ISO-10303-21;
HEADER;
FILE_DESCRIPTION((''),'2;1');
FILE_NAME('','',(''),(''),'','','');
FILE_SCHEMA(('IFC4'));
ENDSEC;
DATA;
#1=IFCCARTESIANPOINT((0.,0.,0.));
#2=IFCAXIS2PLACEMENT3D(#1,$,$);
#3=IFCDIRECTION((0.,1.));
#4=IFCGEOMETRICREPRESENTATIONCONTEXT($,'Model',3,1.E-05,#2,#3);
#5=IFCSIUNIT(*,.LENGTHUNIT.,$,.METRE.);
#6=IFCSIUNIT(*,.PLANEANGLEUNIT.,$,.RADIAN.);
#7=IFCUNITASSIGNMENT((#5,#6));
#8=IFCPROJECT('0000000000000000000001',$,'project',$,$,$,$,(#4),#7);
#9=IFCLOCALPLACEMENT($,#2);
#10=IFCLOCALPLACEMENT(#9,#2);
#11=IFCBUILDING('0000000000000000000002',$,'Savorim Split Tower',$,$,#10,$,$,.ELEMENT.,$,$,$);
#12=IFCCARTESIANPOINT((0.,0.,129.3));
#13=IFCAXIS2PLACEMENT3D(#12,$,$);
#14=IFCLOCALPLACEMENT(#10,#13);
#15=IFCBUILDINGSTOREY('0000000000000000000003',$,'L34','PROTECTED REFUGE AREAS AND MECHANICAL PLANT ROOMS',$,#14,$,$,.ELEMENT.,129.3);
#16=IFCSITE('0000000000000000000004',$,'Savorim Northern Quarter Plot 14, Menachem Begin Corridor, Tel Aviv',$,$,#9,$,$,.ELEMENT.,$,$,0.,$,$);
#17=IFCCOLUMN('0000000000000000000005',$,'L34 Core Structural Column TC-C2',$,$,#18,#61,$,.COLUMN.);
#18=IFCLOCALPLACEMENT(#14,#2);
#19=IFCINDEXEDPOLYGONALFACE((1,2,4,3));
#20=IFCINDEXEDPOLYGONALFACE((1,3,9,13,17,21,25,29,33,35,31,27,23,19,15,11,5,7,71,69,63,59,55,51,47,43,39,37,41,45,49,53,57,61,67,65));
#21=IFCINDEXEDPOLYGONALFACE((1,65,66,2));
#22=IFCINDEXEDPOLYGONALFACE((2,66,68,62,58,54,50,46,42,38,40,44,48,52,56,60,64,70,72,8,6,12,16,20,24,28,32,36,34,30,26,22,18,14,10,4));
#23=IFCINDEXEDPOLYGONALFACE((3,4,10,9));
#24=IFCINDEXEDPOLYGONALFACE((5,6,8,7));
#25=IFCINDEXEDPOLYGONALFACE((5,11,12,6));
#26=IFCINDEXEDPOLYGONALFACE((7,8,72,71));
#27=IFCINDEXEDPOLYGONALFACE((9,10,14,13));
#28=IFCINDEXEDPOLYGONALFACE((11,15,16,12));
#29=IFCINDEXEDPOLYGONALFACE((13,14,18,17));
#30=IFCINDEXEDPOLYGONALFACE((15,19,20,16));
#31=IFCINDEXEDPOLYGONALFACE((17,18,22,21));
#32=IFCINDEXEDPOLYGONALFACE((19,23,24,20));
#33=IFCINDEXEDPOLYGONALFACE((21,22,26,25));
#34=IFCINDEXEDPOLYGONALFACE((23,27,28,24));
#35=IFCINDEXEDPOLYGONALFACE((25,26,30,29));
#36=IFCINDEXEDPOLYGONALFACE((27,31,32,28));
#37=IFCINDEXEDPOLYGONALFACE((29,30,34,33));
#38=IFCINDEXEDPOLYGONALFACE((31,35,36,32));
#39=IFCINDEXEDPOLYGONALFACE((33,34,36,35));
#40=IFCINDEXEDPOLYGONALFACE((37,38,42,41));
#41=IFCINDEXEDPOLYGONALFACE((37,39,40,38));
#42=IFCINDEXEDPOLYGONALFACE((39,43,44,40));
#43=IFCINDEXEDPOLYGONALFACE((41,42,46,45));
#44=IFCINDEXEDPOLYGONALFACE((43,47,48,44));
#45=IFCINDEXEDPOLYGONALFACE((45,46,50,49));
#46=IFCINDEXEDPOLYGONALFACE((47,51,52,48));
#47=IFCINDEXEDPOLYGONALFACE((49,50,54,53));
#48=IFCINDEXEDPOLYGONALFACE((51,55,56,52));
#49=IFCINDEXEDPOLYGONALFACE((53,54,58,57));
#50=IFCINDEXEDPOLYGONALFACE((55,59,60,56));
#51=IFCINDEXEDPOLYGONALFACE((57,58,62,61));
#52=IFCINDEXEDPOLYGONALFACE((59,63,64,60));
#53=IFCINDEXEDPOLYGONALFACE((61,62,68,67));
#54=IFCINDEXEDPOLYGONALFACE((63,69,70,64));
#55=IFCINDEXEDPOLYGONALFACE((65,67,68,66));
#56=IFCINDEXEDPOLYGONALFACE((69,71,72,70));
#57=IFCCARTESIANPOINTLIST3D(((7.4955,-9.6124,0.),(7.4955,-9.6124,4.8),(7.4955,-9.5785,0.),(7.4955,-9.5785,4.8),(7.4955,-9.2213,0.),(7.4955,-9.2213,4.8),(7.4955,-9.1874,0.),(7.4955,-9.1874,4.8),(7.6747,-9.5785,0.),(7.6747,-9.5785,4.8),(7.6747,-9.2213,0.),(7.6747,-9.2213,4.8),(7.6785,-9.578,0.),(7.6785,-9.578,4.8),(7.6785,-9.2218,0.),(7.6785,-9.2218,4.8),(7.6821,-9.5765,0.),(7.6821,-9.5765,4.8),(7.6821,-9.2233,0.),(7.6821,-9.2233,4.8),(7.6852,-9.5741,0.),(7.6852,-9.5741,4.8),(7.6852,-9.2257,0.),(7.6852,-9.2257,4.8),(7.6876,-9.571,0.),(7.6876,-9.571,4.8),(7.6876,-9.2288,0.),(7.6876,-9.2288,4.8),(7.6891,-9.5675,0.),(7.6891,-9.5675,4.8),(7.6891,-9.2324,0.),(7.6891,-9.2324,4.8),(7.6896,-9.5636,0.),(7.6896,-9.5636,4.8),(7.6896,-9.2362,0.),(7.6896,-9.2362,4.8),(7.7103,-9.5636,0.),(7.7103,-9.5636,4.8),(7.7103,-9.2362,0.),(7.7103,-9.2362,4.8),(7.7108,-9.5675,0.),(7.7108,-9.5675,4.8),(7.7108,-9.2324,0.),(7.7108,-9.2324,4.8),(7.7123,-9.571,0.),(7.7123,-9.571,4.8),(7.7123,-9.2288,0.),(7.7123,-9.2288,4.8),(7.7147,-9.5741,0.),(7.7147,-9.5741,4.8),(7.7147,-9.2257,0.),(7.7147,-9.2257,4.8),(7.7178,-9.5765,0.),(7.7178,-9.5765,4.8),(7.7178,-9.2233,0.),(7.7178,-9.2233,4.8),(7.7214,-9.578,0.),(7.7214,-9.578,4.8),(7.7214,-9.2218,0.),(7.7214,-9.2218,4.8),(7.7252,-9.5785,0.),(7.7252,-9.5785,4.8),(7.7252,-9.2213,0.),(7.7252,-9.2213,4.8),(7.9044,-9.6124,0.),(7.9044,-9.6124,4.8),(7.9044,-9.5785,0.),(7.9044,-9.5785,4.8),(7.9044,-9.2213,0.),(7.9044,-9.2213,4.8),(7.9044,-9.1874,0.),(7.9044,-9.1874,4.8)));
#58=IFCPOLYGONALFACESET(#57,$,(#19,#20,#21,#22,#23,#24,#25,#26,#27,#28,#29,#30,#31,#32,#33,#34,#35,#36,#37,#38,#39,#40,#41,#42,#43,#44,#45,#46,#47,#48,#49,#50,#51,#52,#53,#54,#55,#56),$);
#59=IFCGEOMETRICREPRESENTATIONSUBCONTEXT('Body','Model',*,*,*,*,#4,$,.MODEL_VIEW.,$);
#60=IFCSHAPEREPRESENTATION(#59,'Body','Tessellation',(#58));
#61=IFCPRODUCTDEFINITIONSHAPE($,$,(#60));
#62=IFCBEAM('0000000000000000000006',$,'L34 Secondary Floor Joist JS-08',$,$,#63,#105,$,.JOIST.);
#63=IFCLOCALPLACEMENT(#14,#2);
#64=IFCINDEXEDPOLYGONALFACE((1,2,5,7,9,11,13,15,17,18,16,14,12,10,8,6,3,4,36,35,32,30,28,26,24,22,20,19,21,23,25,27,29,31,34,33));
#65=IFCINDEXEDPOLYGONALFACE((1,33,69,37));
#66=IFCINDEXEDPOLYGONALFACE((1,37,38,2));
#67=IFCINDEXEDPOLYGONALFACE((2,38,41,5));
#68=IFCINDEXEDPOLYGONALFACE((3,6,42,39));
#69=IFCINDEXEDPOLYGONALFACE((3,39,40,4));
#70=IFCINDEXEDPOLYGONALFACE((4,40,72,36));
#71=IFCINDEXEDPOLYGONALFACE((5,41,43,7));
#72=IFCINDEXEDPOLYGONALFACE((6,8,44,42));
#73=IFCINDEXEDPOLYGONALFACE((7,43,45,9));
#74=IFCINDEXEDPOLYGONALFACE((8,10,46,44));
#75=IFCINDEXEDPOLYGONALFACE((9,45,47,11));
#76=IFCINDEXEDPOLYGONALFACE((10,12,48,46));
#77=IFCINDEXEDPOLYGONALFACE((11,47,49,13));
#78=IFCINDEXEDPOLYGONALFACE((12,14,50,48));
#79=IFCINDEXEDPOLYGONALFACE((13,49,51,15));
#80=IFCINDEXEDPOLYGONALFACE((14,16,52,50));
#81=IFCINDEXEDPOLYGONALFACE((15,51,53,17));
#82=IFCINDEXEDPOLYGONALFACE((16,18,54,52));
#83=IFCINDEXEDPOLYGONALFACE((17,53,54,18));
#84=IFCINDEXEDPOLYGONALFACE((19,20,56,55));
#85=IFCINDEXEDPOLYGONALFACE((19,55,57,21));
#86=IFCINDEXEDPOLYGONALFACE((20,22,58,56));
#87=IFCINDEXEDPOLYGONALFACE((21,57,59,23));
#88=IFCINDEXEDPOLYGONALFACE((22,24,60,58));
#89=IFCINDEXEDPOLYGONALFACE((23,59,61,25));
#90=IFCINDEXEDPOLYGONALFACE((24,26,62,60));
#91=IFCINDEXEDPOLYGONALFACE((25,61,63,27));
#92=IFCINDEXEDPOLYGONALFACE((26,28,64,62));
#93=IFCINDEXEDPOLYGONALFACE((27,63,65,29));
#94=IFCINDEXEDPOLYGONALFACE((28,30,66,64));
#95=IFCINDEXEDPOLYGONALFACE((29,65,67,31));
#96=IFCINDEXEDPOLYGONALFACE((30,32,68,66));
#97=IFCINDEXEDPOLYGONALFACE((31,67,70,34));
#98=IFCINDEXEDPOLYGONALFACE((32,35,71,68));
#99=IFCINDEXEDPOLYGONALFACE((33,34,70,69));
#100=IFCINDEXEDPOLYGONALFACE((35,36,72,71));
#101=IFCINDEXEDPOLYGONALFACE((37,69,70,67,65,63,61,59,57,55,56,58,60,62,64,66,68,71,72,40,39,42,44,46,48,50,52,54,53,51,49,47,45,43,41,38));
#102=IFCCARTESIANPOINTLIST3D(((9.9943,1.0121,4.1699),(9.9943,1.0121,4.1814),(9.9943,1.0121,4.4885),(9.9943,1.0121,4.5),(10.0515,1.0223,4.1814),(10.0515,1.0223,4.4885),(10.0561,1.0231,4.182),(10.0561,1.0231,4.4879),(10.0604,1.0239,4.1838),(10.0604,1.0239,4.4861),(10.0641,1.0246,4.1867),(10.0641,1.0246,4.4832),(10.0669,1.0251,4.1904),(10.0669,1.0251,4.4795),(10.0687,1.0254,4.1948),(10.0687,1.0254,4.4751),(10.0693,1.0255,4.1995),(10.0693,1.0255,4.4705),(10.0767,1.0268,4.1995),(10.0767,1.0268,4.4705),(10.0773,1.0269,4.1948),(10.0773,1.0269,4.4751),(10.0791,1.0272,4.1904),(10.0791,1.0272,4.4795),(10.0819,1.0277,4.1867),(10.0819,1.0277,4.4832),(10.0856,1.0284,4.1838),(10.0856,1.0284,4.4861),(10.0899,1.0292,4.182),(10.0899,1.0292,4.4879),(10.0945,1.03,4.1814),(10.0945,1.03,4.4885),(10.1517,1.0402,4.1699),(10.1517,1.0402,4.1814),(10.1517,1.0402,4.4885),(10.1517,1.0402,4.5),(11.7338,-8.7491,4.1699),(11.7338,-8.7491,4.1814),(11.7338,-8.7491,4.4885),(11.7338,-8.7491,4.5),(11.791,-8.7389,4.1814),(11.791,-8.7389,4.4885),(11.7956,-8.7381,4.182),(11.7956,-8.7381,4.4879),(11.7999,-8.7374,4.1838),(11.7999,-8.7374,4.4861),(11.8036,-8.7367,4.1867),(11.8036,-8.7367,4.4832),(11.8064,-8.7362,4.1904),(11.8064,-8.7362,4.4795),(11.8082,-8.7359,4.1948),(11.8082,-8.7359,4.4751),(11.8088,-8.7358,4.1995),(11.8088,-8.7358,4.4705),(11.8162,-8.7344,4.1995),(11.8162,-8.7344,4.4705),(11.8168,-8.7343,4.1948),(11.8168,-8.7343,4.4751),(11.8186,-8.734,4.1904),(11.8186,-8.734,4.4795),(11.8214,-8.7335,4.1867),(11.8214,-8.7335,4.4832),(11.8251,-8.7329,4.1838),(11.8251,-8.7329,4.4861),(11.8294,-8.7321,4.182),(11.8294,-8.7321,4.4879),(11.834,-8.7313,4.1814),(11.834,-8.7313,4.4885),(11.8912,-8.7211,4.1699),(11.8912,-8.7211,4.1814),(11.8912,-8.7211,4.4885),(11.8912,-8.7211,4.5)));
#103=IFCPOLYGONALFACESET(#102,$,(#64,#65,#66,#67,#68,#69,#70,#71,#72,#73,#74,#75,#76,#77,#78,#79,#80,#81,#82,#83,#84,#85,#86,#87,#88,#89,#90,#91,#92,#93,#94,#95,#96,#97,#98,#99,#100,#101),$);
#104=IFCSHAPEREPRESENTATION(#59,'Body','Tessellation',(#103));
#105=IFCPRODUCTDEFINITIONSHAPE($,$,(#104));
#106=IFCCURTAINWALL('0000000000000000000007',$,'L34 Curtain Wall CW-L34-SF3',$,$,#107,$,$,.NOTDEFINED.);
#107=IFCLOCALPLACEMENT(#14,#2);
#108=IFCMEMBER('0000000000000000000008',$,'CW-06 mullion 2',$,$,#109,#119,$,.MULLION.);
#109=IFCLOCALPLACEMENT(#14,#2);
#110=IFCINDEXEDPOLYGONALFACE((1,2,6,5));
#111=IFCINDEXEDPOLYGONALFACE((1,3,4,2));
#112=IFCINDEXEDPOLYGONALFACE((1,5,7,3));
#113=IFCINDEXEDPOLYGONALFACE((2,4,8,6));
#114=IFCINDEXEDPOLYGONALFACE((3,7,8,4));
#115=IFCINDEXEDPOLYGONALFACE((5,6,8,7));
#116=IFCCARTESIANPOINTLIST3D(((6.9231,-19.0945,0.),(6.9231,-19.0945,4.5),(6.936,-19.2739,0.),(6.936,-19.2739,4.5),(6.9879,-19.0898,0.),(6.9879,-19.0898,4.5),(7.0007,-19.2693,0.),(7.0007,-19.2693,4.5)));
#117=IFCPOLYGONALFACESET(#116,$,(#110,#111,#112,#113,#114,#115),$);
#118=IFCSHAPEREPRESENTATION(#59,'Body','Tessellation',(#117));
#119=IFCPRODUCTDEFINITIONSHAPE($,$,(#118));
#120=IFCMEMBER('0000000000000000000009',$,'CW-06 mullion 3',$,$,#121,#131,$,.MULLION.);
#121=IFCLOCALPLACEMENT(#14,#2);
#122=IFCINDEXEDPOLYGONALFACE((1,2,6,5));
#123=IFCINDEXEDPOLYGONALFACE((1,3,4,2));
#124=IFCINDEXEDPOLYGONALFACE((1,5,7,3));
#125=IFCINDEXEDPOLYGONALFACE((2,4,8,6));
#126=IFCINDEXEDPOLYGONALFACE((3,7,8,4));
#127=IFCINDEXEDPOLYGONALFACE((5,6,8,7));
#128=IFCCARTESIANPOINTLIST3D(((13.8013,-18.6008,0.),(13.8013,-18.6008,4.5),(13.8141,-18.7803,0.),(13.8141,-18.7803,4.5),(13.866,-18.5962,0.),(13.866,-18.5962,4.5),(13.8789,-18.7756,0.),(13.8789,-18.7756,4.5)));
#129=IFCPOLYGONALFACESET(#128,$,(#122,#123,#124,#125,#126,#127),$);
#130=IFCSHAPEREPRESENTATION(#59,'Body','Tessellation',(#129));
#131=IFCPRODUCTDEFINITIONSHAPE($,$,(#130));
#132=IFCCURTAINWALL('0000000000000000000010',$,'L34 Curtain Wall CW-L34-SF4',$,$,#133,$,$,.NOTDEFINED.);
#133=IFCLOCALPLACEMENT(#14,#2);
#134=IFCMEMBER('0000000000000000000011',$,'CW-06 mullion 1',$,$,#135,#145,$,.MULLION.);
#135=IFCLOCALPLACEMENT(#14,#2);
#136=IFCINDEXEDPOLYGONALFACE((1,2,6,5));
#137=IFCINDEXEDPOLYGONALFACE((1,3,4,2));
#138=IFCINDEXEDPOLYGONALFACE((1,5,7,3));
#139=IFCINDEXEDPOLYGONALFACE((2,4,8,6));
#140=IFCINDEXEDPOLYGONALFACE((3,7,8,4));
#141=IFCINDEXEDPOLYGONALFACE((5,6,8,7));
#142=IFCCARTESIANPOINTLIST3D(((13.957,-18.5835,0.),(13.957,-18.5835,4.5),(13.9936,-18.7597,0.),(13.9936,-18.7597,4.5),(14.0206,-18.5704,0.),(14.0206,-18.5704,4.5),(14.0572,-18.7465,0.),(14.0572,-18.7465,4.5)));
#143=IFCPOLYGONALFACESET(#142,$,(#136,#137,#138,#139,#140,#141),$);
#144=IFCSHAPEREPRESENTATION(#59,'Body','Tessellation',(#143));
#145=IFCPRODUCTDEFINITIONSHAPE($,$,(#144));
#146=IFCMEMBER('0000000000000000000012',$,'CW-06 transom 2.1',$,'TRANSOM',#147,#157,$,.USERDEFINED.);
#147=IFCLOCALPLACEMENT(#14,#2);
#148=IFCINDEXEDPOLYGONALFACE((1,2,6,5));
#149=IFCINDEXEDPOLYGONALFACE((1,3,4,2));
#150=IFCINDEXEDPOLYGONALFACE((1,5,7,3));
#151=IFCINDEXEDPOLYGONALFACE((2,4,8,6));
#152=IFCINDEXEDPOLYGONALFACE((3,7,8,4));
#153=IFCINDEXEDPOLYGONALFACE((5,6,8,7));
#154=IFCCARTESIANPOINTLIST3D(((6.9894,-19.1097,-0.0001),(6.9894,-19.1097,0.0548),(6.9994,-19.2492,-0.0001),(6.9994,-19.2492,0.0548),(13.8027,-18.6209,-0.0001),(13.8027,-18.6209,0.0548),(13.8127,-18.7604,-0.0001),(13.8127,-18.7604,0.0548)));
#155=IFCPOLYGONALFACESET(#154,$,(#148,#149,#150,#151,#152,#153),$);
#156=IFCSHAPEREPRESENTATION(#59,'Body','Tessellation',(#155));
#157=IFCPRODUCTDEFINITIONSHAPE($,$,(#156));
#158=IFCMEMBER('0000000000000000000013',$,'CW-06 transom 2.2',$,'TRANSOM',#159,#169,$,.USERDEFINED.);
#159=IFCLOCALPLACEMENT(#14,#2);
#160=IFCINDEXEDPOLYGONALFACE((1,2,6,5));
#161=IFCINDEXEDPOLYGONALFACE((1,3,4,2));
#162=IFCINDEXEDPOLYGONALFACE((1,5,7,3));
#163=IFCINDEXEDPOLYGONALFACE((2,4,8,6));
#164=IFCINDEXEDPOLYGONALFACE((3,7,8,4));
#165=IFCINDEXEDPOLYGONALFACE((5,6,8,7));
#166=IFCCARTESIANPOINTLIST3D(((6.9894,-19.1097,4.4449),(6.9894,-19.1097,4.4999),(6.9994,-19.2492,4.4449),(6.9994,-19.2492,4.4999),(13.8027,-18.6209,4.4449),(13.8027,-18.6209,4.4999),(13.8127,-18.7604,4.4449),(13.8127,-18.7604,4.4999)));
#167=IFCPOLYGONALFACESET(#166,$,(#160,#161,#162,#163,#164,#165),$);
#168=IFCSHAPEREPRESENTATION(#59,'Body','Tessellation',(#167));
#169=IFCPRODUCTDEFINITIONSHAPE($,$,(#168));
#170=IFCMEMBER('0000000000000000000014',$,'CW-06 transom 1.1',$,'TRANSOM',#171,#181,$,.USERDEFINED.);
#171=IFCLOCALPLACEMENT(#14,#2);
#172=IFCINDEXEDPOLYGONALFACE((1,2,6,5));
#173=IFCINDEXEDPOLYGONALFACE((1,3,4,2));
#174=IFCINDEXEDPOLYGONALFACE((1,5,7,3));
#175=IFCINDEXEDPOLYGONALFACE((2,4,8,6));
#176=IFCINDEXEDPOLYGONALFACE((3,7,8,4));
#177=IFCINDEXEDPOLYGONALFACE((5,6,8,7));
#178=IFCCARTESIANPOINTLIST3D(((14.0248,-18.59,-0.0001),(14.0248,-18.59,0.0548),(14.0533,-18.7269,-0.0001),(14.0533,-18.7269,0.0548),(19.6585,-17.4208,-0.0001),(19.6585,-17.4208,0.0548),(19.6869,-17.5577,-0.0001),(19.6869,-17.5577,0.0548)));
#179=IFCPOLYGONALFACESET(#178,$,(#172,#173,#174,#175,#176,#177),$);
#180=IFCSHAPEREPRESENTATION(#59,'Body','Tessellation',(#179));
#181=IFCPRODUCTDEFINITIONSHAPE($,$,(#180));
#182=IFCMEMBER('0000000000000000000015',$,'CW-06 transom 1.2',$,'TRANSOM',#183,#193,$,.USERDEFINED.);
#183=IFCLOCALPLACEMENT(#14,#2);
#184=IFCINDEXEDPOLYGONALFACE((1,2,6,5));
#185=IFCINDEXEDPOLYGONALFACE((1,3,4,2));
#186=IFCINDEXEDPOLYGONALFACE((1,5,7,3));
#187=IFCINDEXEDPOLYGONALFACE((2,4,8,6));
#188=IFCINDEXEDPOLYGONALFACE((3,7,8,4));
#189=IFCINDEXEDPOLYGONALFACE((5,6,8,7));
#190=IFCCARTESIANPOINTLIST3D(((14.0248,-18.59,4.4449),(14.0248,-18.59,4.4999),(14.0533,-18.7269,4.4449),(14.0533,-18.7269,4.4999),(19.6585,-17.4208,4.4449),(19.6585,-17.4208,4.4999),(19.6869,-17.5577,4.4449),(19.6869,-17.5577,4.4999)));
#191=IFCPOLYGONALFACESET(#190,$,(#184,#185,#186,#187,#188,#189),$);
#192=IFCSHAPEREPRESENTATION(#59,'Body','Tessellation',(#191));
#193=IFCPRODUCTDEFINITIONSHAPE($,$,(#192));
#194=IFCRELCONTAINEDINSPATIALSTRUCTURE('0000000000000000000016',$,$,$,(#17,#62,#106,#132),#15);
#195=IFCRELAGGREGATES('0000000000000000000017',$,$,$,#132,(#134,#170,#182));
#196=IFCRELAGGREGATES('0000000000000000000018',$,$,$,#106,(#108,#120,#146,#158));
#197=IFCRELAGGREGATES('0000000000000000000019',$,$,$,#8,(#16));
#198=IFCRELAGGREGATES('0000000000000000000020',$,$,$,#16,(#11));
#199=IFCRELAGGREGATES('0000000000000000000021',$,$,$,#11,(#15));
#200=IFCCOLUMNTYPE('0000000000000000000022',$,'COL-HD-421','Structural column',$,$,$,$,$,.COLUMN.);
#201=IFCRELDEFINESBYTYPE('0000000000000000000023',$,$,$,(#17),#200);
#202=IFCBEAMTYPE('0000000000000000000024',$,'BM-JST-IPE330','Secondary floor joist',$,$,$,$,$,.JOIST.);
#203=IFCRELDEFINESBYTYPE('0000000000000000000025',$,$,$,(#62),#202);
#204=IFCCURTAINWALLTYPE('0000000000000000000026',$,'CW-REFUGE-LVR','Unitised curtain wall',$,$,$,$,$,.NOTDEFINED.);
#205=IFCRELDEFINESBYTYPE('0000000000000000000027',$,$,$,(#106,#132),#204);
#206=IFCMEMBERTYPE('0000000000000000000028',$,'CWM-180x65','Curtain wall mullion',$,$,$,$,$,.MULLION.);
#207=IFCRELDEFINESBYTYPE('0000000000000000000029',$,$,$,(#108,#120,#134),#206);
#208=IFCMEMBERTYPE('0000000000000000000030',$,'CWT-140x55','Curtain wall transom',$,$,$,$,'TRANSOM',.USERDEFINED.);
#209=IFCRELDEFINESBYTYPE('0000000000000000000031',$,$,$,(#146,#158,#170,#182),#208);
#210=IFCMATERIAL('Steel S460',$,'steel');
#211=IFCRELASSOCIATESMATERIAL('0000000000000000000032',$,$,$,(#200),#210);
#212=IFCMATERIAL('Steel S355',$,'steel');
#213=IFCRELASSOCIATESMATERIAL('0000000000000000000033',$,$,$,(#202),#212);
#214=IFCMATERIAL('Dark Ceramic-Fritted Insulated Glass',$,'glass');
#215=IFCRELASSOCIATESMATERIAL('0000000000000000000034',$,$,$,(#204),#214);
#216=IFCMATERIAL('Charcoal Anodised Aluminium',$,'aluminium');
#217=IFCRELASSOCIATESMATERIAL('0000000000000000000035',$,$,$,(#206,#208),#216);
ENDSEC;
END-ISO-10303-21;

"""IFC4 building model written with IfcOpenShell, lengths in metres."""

from ifc_helpers import new_model, si_unit, direction, frame, origin, origin_2d, place, context, subcontext, project, spatial, rectangle, i_section, extrude, material, material_profile, profile_set, type_object, element, aggregate, save


model = new_model("IFC4")

# Units and contexts
model_context = context("Model", 3, precision=1e-05, world=origin(), true_north=direction((0.0, 1.0)))
body_context = subcontext(model_context, "Body", "Model", "MODEL_VIEW")
ifc_project = project(units=[si_unit("LENGTHUNIT", "METRE"), si_unit("PLANEANGLEUNIT", "RADIAN")], contexts=[model_context])

# Site, building, storey
site_placement = place(None, origin())
site = spatial("IfcSite", under=ifc_project, at=site_placement, Name="Savorim Northern Quarter Plot 14, Menachem Begin Corridor, Tel Aviv", CompositionType="ELEMENT", RefElevation=0.0)
building_placement = place(site_placement, origin())
building = spatial("IfcBuilding", under=site, at=building_placement, Name="Savorim Split Tower", CompositionType="ELEMENT")
storey_placement = place(building_placement, frame((0.0, 0.0, 129.3)))
storey = spatial("IfcBuildingStorey", under=building, at=storey_placement, Name="L34", Description="PROTECTED REFUGE AREAS AND MECHANICAL PLANT ROOMS", CompositionType="ELEMENT", Elevation=129.3)

# Column
ifc_material_1 = material(Name="Steel S460", Category="steel")
ifc_material_profile_1 = material_profile(ifc_material_1, i_section(OverallWidth=0.4089, OverallDepth=0.425, WebThickness=0.0208, FlangeThickness=0.0339, FilletRadius=0.0149, at=origin_2d()), Name="HD 400x421")
ifc_profile_set_1 = profile_set([ifc_material_profile_1], Name="Steel S460")
column_type = type_object("IfcColumnType", Name="COL-HD-421", Description="Structural column", PredefinedType="COLUMN", material=ifc_profile_set_1)
column_placement = place(storey_placement, frame((7.7, -9.3999, 0.0), z_axis=(0.0, 0.0, 1.0), x_axis=(1.0, 0.0, 0.0)))
element("IfcColumn", 1, at=column_placement, inside=storey, type_object=column_type, Name="L34 Core Structural Column TC-C2", PredefinedType="COLUMN", context=body_context, shape_type="SweptSolid", body=[
    extrude(i_section(OverallWidth=0.4089, OverallDepth=0.425, WebThickness=0.0208, FlangeThickness=0.0339, FilletRadius=0.0149, at=origin_2d()), origin(), (0.0, 0.0, 1.0), 4.8),
])

# Beam
ifc_material_2 = material(Name="Steel S355", Category="steel")
ifc_material_profile_2 = material_profile(ifc_material_2, i_section(OverallWidth=0.1599, OverallDepth=0.3301, WebThickness=0.0076, FlangeThickness=0.0115, FilletRadius=0.0181, at=origin_2d()), Name="IPE 330")
ifc_profile_set_2 = profile_set([ifc_material_profile_2], Name="Steel S355")
beam_type = type_object("IfcBeamType", Name="BM-JST-IPE330", Description="Secondary floor joist", PredefinedType="JOIST", material=ifc_profile_set_2)
beam_placement = place(storey_placement, frame((11.8125, -8.7351, 4.335), z_axis=(-0.175441, 0.98449, 0.0), x_axis=(-0.98449, -0.175441, 0.0)))
element("IfcBeam", 2, at=beam_placement, inside=storey, type_object=beam_type, Name="L34 Secondary Floor Joist JS-08", PredefinedType="JOIST", context=body_context, shape_type="SweptSolid", body=[
    extrude(i_section(OverallWidth=0.1599, OverallDepth=0.3301, WebThickness=0.0076, FlangeThickness=0.0115, FilletRadius=0.0181, at=origin_2d()), origin(), (0.0, 0.0, 1.0), 9.915),
])

# Curtain wall, members
ifc_material_3 = material(Name="Dark Ceramic-Fritted Insulated Glass", Category="glass")
curtain_wall_type = type_object("IfcCurtainWallType", Name="CW-REFUGE-LVR", Description="Unitised curtain wall", PredefinedType="NOTDEFINED", material=ifc_material_3)
curtain_wall_1_placement = place(storey_placement, origin())
curtain_wall_1 = element("IfcCurtainWall", 3, at=curtain_wall_1_placement, inside=storey, type_object=curtain_wall_type, Name="L34 Curtain Wall CW-L34-SF3", PredefinedType="NOTDEFINED")
ifc_material_4 = material(Name="Charcoal Anodised Aluminium", Category="aluminium")
ifc_material_profile_3 = material_profile(ifc_material_4, rectangle(XDim=0.1799, YDim=0.0649, at=origin_2d()), Name="ALU-M 180x65")
ifc_profile_set_3 = profile_set([ifc_material_profile_3], Name="Charcoal Anodised Aluminium")
member_type_1 = type_object("IfcMemberType", Name="CWM-180x65", Description="Curtain wall mullion", PredefinedType="MULLION", material=ifc_profile_set_3)
member_1_placement = place(storey_placement, frame((6.9619, -19.1819, 0.0), z_axis=(0.0, 0.0, 1.0), x_axis=(-0.071561, 0.997436, 0.0)))
member_1 = element("IfcMember", 4, at=member_1_placement, type_object=member_type_1, Name="CW-06 mullion 2", PredefinedType="MULLION", context=body_context, shape_type="SweptSolid", body=[
    extrude(rectangle(XDim=0.1799, YDim=0.0649, at=origin_2d()), origin(), (0.0, 0.0, 1.0), 4.5),
])
member_2_placement = place(storey_placement, frame((13.8401, -18.6882, 0.0), z_axis=(0.0, 0.0, 1.0), x_axis=(-0.071561, 0.997436, 0.0)))
member_2 = element("IfcMember", 5, at=member_2_placement, type_object=member_type_1, Name="CW-06 mullion 3", PredefinedType="MULLION", context=body_context, shape_type="SweptSolid", body=[
    extrude(rectangle(XDim=0.1799, YDim=0.0649, at=origin_2d()), origin(), (0.0, 0.0, 1.0), 4.5),
])

# Curtain wall, member
curtain_wall_2_placement = place(storey_placement, origin())
curtain_wall_2 = element("IfcCurtainWall", 6, at=curtain_wall_2_placement, inside=storey, type_object=curtain_wall_type, Name="L34 Curtain Wall CW-L34-SF4", PredefinedType="NOTDEFINED")
member_3_placement = place(storey_placement, frame((14.0071, -18.665, 0.0), z_axis=(0.0, 0.0, 1.0), x_axis=(-0.20321, 0.979135, 0.0)))
member_3 = element("IfcMember", 7, at=member_3_placement, type_object=member_type_1, Name="CW-06 mullion 1", PredefinedType="MULLION", context=body_context, shape_type="SweptSolid", body=[
    extrude(rectangle(XDim=0.1799, YDim=0.0649, at=origin_2d()), origin(), (0.0, 0.0, 1.0), 4.5),
])

# Members
ifc_material_profile_4 = material_profile(ifc_material_4, rectangle(XDim=0.1399, YDim=0.0549, at=origin_2d()), Name="ALU-T 140x55")
ifc_profile_set_4 = profile_set([ifc_material_profile_4], Name="Charcoal Anodised Aluminium")
member_type_2 = type_object("IfcMemberType", Name="CWT-140x55", Description="Curtain wall transom", ElementType="TRANSOM", PredefinedType="USERDEFINED", material=ifc_profile_set_4)
member_4_placement = place(storey_placement, frame((6.9944, -19.1794, 0.0273), z_axis=(0.997437, 0.071554, 0.0), x_axis=(-0.071554, 0.997437, 0.0)))
member_4 = element("IfcMember", 8, at=member_4_placement, type_object=member_type_2, Name="CW-06 transom 2.1", ObjectType="TRANSOM", PredefinedType="USERDEFINED", context=body_context, shape_type="SweptSolid", body=[
    extrude(rectangle(XDim=0.1399, YDim=0.0549, at=origin_2d()), origin(), (0.0, 0.0, 1.0), 6.8308),
])
member_5_placement = place(storey_placement, frame((6.9944, -19.1794, 4.4724), z_axis=(0.997437, 0.071554, 0.0), x_axis=(-0.071554, 0.997437, 0.0)))
member_5 = element("IfcMember", 9, at=member_5_placement, type_object=member_type_2, Name="CW-06 transom 2.2", ObjectType="TRANSOM", PredefinedType="USERDEFINED", context=body_context, shape_type="SweptSolid", body=[
    extrude(rectangle(XDim=0.1399, YDim=0.0549, at=origin_2d()), origin(), (0.0, 0.0, 1.0), 6.8308),
])
member_6_placement = place(storey_placement, frame((14.0391, -18.6584, 0.0273), z_axis=(0.979135, 0.20321, 0.0), x_axis=(-0.20321, 0.979135, 0.0)))
member_6 = element("IfcMember", 10, at=member_6_placement, type_object=member_type_2, Name="CW-06 transom 1.1", ObjectType="TRANSOM", PredefinedType="USERDEFINED", context=body_context, shape_type="SweptSolid", body=[
    extrude(rectangle(XDim=0.1399, YDim=0.0549, at=origin_2d()), origin(), (0.0, 0.0, 1.0), 5.7537),
])
member_7_placement = place(storey_placement, frame((14.0391, -18.6584, 4.4724), z_axis=(0.979135, 0.20321, 0.0), x_axis=(-0.20321, 0.979135, 0.0)))
member_7 = element("IfcMember", 11, at=member_7_placement, type_object=member_type_2, Name="CW-06 transom 1.2", ObjectType="TRANSOM", PredefinedType="USERDEFINED", context=body_context, shape_type="SweptSolid", body=[
    extrude(rectangle(XDim=0.1399, YDim=0.0549, at=origin_2d()), origin(), (0.0, 0.0, 1.0), 5.7537),
])
aggregate(curtain_wall_2, [member_3, member_6, member_7])

aggregate(curtain_wall_1, [member_1, member_2, member_4, member_5])

save(model, "model.ifc")
